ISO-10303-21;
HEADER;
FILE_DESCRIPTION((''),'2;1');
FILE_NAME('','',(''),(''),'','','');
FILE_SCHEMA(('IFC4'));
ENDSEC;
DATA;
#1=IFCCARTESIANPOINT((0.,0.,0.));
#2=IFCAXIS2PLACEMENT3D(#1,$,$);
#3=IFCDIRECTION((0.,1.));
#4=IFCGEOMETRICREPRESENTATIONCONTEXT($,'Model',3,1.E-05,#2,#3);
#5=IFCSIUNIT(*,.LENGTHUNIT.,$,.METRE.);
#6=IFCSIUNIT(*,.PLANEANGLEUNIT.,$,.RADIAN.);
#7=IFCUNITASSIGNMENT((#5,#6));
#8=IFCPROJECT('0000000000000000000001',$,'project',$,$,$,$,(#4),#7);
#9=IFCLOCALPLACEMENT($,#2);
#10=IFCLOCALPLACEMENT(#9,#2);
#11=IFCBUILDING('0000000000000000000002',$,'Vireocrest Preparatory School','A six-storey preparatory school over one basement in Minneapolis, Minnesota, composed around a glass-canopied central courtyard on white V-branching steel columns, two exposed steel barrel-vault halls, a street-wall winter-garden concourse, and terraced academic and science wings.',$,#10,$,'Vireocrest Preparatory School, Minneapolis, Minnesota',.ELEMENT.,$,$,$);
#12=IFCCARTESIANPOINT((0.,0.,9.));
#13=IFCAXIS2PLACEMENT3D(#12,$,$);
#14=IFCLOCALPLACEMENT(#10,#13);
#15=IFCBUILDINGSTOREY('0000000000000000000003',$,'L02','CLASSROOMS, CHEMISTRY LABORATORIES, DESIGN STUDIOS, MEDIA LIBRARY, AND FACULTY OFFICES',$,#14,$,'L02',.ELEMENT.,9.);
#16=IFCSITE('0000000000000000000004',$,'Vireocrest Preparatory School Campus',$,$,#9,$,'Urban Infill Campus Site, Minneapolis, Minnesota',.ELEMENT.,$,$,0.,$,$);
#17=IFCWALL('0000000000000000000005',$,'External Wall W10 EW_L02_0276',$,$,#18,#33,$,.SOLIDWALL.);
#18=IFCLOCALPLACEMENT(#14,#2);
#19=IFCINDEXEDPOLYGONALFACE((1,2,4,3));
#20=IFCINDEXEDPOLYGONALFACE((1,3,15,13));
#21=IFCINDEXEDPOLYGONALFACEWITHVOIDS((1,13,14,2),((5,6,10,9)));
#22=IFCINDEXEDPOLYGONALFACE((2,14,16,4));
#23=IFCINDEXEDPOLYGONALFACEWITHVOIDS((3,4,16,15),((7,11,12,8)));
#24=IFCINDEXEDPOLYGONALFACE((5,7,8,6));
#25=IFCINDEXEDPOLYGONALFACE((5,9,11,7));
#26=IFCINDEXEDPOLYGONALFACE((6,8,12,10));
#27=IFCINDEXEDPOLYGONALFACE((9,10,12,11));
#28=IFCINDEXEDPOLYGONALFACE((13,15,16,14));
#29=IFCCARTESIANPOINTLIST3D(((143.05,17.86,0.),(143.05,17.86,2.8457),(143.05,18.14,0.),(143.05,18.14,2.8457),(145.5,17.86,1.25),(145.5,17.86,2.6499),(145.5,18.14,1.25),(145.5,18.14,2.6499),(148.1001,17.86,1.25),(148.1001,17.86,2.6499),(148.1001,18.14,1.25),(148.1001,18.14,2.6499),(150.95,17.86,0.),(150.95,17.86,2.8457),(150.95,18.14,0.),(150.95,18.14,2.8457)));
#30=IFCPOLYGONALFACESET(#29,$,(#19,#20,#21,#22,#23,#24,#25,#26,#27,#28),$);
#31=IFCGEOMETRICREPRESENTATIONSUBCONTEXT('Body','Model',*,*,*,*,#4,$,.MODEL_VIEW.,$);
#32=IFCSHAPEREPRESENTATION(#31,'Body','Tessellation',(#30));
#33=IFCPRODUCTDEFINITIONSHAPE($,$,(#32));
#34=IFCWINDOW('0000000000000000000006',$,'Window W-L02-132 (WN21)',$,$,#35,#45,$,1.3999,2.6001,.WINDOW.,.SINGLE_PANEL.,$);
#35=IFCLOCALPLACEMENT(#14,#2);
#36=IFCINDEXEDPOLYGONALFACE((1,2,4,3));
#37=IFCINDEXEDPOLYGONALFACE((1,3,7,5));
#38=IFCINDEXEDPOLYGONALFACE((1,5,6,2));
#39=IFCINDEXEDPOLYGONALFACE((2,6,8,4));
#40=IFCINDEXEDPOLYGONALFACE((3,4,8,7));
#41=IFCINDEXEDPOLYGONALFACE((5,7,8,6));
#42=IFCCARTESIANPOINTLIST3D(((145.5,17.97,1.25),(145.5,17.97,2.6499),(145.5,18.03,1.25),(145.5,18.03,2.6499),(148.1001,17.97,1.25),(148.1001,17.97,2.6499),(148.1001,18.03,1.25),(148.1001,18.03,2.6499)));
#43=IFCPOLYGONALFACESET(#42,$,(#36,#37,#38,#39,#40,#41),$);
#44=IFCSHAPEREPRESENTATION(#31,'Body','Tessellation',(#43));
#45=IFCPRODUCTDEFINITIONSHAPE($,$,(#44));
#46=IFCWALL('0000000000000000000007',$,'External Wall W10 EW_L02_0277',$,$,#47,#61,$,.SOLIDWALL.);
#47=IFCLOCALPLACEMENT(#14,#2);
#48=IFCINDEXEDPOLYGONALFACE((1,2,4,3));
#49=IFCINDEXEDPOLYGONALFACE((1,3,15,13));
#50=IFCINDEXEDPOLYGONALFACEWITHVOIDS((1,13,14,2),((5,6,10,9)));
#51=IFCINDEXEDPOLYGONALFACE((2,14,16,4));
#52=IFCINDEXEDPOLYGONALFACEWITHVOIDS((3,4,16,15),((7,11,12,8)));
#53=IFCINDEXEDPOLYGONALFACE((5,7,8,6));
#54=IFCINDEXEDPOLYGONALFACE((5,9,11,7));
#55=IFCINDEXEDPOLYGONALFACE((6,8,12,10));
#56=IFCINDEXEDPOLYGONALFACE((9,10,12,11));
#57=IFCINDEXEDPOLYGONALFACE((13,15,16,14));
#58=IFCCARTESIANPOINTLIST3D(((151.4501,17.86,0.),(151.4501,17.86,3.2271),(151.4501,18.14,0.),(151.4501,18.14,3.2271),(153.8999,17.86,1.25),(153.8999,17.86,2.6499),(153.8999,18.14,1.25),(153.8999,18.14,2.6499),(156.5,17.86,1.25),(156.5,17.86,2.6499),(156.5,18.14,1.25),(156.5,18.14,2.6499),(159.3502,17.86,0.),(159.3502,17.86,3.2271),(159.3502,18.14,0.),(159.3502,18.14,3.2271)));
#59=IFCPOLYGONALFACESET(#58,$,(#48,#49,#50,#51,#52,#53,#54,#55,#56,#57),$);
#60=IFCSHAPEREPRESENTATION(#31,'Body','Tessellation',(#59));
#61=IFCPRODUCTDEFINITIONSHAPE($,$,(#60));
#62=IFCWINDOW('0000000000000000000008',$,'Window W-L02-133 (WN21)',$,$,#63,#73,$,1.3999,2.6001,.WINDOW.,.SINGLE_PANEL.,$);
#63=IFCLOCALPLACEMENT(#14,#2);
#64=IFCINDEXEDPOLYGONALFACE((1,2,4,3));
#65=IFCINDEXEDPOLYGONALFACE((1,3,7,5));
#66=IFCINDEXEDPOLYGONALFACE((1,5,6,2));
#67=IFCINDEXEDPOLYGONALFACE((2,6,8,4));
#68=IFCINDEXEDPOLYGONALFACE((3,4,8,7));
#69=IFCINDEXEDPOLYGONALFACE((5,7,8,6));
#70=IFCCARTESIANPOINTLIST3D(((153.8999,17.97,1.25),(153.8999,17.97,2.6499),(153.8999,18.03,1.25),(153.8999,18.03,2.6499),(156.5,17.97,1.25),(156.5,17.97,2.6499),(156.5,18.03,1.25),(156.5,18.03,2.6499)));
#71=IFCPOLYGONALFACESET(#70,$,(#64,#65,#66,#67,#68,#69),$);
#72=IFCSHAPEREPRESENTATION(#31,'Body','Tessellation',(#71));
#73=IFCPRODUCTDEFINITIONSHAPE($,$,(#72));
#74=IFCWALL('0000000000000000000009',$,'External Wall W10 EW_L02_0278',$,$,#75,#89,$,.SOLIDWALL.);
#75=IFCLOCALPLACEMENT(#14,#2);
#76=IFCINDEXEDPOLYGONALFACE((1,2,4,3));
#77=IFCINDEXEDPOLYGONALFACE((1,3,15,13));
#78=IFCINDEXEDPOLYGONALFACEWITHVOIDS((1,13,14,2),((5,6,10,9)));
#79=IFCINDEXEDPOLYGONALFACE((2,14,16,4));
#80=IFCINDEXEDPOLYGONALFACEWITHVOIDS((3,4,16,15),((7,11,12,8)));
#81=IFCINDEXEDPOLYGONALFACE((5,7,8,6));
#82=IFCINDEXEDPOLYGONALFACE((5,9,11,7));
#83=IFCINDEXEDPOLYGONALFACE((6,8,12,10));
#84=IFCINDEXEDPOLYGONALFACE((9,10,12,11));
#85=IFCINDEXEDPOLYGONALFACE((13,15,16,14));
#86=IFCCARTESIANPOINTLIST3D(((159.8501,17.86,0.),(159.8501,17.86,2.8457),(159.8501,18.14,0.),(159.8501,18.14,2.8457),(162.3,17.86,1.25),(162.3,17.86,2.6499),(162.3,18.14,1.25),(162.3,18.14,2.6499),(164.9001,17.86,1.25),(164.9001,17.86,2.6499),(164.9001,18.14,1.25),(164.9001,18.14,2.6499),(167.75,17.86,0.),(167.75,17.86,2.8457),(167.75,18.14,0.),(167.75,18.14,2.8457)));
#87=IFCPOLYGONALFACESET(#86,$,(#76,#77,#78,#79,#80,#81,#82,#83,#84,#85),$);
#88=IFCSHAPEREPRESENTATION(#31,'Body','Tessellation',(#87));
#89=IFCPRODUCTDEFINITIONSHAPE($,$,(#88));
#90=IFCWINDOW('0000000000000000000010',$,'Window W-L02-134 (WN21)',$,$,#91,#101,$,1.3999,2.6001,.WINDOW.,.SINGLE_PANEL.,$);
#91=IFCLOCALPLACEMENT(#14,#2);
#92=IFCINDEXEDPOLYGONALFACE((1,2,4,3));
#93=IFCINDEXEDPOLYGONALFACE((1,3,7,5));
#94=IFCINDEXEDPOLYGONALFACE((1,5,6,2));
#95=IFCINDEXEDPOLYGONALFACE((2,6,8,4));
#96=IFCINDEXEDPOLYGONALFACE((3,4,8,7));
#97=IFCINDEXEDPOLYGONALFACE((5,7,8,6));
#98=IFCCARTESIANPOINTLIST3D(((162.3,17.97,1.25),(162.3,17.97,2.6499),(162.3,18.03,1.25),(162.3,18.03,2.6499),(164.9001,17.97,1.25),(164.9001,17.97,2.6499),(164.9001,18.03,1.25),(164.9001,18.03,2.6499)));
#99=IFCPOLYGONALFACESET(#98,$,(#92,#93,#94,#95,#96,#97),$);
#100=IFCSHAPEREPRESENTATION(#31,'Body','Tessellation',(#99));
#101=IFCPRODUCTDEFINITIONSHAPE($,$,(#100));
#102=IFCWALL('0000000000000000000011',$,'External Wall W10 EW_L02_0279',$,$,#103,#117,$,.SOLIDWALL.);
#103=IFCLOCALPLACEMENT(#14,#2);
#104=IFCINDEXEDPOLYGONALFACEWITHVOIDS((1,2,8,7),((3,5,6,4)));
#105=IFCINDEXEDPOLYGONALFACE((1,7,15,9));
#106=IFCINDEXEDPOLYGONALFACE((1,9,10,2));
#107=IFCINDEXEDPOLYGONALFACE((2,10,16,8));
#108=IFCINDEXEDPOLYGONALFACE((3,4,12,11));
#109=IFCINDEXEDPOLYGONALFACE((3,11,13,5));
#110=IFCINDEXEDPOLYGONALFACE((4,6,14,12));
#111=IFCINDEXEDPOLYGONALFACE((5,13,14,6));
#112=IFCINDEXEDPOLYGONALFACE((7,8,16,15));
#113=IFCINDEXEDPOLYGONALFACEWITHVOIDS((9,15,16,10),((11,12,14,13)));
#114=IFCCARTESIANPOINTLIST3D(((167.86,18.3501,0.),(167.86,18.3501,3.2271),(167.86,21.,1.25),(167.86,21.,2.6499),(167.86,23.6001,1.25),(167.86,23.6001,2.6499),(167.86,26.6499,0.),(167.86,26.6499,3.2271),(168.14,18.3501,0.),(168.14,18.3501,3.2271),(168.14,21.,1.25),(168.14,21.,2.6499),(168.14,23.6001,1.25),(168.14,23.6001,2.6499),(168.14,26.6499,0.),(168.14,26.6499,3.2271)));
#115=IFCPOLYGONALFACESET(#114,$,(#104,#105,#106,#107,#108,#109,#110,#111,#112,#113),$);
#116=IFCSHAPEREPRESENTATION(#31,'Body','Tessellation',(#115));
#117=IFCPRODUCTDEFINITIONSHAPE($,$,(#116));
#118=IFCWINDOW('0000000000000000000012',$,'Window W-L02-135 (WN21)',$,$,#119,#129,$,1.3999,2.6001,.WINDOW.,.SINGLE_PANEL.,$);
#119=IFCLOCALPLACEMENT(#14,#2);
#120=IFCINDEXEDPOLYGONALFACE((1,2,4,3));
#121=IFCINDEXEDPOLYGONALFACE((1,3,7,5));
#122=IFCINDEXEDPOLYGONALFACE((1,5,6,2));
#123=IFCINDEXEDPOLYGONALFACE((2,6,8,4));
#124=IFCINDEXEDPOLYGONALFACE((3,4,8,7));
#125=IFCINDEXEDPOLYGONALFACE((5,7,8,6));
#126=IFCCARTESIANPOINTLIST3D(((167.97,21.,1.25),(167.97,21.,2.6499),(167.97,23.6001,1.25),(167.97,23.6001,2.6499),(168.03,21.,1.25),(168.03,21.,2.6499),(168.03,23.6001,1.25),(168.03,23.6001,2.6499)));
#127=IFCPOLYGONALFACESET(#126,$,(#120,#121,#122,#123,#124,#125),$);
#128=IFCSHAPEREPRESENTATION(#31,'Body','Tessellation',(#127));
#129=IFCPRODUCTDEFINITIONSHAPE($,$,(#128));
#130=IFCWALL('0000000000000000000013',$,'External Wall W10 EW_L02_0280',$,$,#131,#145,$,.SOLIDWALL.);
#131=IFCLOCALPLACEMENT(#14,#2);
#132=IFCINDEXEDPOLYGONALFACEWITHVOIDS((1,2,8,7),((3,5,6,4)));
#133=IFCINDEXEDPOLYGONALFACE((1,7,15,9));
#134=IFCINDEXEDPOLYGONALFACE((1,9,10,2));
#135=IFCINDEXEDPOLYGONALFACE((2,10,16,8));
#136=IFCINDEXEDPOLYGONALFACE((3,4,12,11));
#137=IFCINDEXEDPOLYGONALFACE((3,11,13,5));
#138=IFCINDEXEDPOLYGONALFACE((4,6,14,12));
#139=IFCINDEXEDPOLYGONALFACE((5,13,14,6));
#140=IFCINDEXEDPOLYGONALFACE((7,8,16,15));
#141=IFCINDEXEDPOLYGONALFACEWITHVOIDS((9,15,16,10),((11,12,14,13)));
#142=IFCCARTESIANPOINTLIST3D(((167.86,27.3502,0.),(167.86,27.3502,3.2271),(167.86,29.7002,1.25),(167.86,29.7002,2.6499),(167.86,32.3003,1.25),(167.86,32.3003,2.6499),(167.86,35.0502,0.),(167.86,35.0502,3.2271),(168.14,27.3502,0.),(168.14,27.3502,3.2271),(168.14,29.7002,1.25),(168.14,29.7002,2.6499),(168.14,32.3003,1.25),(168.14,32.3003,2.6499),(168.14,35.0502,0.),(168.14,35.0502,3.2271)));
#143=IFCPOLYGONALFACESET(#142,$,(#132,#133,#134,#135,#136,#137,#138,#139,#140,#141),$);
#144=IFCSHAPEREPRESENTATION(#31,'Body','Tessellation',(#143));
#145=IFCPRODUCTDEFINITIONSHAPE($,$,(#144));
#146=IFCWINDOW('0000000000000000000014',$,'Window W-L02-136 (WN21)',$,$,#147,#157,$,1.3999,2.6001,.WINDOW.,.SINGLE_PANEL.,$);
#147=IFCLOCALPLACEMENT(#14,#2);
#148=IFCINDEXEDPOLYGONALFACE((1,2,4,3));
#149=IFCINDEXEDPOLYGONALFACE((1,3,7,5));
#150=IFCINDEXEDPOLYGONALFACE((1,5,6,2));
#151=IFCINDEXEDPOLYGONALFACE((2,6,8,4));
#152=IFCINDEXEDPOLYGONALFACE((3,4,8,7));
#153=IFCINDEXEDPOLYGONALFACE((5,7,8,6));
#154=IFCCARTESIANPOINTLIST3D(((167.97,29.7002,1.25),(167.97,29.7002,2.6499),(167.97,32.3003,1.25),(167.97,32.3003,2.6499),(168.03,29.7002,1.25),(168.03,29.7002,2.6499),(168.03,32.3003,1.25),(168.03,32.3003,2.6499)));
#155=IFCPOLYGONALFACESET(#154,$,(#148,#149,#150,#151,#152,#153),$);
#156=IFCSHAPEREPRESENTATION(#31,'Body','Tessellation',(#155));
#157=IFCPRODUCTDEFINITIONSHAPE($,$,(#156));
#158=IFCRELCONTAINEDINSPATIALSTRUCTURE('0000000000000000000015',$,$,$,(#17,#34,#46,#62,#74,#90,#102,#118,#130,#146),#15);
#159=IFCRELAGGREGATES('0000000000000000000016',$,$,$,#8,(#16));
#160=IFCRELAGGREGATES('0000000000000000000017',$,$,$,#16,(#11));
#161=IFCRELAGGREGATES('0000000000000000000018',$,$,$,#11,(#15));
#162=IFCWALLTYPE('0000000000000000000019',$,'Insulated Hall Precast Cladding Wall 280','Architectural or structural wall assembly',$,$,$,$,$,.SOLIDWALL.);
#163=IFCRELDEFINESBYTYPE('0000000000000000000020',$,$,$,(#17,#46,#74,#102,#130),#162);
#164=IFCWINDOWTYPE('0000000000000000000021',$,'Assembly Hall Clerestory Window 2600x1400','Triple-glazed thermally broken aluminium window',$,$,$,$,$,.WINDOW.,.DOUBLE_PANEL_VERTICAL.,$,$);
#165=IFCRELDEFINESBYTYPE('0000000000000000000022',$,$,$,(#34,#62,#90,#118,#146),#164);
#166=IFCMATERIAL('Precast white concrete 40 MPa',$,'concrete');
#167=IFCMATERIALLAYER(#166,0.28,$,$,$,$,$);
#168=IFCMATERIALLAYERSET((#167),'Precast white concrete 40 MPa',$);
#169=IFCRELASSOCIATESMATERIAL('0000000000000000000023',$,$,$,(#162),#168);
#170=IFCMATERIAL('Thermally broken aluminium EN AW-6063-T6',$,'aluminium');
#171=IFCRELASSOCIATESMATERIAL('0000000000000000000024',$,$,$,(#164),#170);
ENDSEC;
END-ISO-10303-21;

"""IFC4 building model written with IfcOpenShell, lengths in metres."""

from ifc_helpers import new_model, si_unit, direction, frame, frame_2d, origin, place, context, subcontext, project, spatial, rectangle, extrude, material, layer, layer_set, type_object, element, fill, save


model = new_model("IFC4")

# Units and contexts
model_context = context("Model", 3, precision=1e-05, world=origin(), true_north=direction((0.0, 1.0)))
body_context = subcontext(model_context, "Body", "Model", "MODEL_VIEW")
ifc_project = project(units=[si_unit("LENGTHUNIT", "METRE"), si_unit("PLANEANGLEUNIT", "RADIAN")], contexts=[model_context])

# Site, building, storey
site_placement = place(None, origin())
site = spatial("IfcSite", under=ifc_project, at=site_placement, Name="Vireocrest Preparatory School Campus", LongName="Urban Infill Campus Site, Minneapolis, Minnesota", CompositionType="ELEMENT", RefElevation=0.0)
building_placement = place(site_placement, origin())
building = spatial("IfcBuilding", under=site, at=building_placement, Name="Vireocrest Preparatory School", Description="A six-storey preparatory school over one basement in Minneapolis, Minnesota, composed around a glass-canopied central courtyard on white V-branching steel columns, two exposed steel barrel-vault halls, a street-wall winter-garden concourse, and terraced academic and science wings.", LongName="Vireocrest Preparatory School, Minneapolis, Minnesota", CompositionType="ELEMENT")
storey_placement = place(building_placement, frame((0.0, 0.0, 9.0)))
storey = spatial("IfcBuildingStorey", under=building, at=storey_placement, Name="L02", Description="CLASSROOMS, CHEMISTRY LABORATORIES, DESIGN STUDIOS, MEDIA LIBRARY, AND FACULTY OFFICES", LongName="L02", CompositionType="ELEMENT", Elevation=9.0)

# Shared definitions
ifc_material_1 = material(Name="Thermally broken aluminium EN AW-6063-T6", Category="aluminium")

# Walls, openings, windows
ifc_material_2 = material(Name="Precast white concrete 40 MPa", Category="concrete")
ifc_layer_1 = layer(ifc_material_2, 0.28)
ifc_layer_set_1 = layer_set([ifc_layer_1], Name="Precast white concrete 40 MPa")
wall_type = type_object("IfcWallType", Name="Insulated Hall Precast Cladding Wall 280", Description="Architectural or structural wall assembly", PredefinedType="SOLIDWALL", material=ifc_layer_set_1)
wall_1_placement = place(storey_placement, frame((143.05, 18.0, 0.0), z_axis=(0.0, 0.0, 1.0), x_axis=(1.0, 0.0, 0.0)))
wall_1 = element("IfcWall", 1, at=wall_1_placement, inside=storey, type_object=wall_type, Name="External Wall W10 EW_L02_0276", PredefinedType="SOLIDWALL", context=body_context, shape_type="SweptSolid", body=[
    extrude(rectangle(XDim=7.8999, YDim=0.28, at=frame_2d((3.95, 0.0))), origin(), (0.0, 0.0, 1.0), 2.8457),
])
opening_1_placement = place(wall_1_placement, frame((2.45, 0.0, 1.25)))
opening_1 = element("IfcOpeningElement", 2, at=opening_1_placement, cuts=wall_1, PredefinedType="OPENING", context=body_context, shape_type="SweptSolid", body=[
    extrude(rectangle(XDim=2.6001, YDim=1.3999, at=frame_2d((1.3, 0.7))), frame((0.0, 0.1499, 0.0), z_axis=(0.0, -1.0, 0.0), x_axis=(1.0, 0.0, 0.0)), (0.0, 0.0, 1.0), 0.3),
])
window_type = type_object("IfcWindowType", Name="Assembly Hall Clerestory Window 2600x1400", Description="Triple-glazed thermally broken aluminium window", PartitioningType="DOUBLE_PANEL_VERTICAL", PredefinedType="WINDOW", material=ifc_material_1)
window_1_placement = place(opening_1_placement, origin())
window_1 = element("IfcWindow", 3, at=window_1_placement, inside=storey, type_object=window_type, Name="Window W-L02-132 (WN21)", OverallHeight=1.3999, OverallWidth=2.6001, PartitioningType="SINGLE_PANEL", PredefinedType="WINDOW", context=body_context, shape_type="SweptSolid", body=[
    extrude(rectangle(XDim=2.6001, YDim=1.3999, at=frame_2d((1.3, 0.7))), frame((0.0, 0.03, 0.0), z_axis=(0.0, -1.0, 0.0), x_axis=(1.0, 0.0, 0.0)), (0.0, 0.0, 1.0), 0.0601),
])
fill(opening_1, window_1)
wall_2_placement = place(storey_placement, frame((151.45, 18.0, 0.0), z_axis=(0.0, 0.0, 1.0), x_axis=(1.0, 0.0, 0.0)))
wall_2 = element("IfcWall", 4, at=wall_2_placement, inside=storey, type_object=wall_type, Name="External Wall W10 EW_L02_0277", PredefinedType="SOLIDWALL", context=body_context, shape_type="SweptSolid", body=[
    extrude(rectangle(XDim=7.9001, YDim=0.28, at=frame_2d((3.9502, 0.0))), origin(), (0.0, 0.0, 1.0), 3.2271),
])
opening_2_placement = place(wall_2_placement, frame((2.45, 0.0, 1.25)))
opening_2 = element("IfcOpeningElement", 5, at=opening_2_placement, cuts=wall_2, PredefinedType="OPENING", context=body_context, shape_type="SweptSolid", body=[
    extrude(rectangle(XDim=2.6001, YDim=1.3999, at=frame_2d((1.3, 0.7))), frame((0.0, 0.1499, 0.0), z_axis=(0.0, -1.0, 0.0), x_axis=(1.0, 0.0, 0.0)), (0.0, 0.0, 1.0), 0.3),
])
window_2_placement = place(opening_2_placement, origin())
window_2 = element("IfcWindow", 6, at=window_2_placement, inside=storey, type_object=window_type, Name="Window W-L02-133 (WN21)", OverallHeight=1.3999, OverallWidth=2.6001, PartitioningType="SINGLE_PANEL", PredefinedType="WINDOW", context=body_context, shape_type="SweptSolid", body=[
    extrude(rectangle(XDim=2.6001, YDim=1.3999, at=frame_2d((1.3, 0.7))), frame((0.0, 0.03, 0.0), z_axis=(0.0, -1.0, 0.0), x_axis=(1.0, 0.0, 0.0)), (0.0, 0.0, 1.0), 0.0601),
])
fill(opening_2, window_2)
wall_3_placement = place(storey_placement, frame((159.8501, 18.0, 0.0), z_axis=(0.0, 0.0, 1.0), x_axis=(1.0, 0.0, 0.0)))
wall_3 = element("IfcWall", 7, at=wall_3_placement, inside=storey, type_object=wall_type, Name="External Wall W10 EW_L02_0278", PredefinedType="SOLIDWALL", context=body_context, shape_type="SweptSolid", body=[
    extrude(rectangle(XDim=7.8999, YDim=0.28, at=frame_2d((3.95, 0.0))), origin(), (0.0, 0.0, 1.0), 2.8457),
])
opening_3_placement = place(wall_3_placement, frame((2.45, 0.0, 1.25)))
opening_3 = element("IfcOpeningElement", 8, at=opening_3_placement, cuts=wall_3, PredefinedType="OPENING", context=body_context, shape_type="SweptSolid", body=[
    extrude(rectangle(XDim=2.6001, YDim=1.3999, at=frame_2d((1.3, 0.7))), frame((0.0, 0.1499, 0.0), z_axis=(0.0, -1.0, 0.0), x_axis=(1.0, 0.0, 0.0)), (0.0, 0.0, 1.0), 0.3),
])
window_3_placement = place(opening_3_placement, origin())
window_3 = element("IfcWindow", 9, at=window_3_placement, inside=storey, type_object=window_type, Name="Window W-L02-134 (WN21)", OverallHeight=1.3999, OverallWidth=2.6001, PartitioningType="SINGLE_PANEL", PredefinedType="WINDOW", context=body_context, shape_type="SweptSolid", body=[
    extrude(rectangle(XDim=2.6001, YDim=1.3999, at=frame_2d((1.3, 0.7))), frame((0.0, 0.03, 0.0), z_axis=(0.0, -1.0, 0.0), x_axis=(1.0, 0.0, 0.0)), (0.0, 0.0, 1.0), 0.0601),
])
fill(opening_3, window_3)
wall_4_placement = place(storey_placement, frame((168.0, 18.3501, 0.0), z_axis=(0.0, 0.0, 1.0), x_axis=(0.0, 1.0, 0.0)))
wall_4 = element("IfcWall", 10, at=wall_4_placement, inside=storey, type_object=wall_type, Name="External Wall W10 EW_L02_0279", PredefinedType="SOLIDWALL", context=body_context, shape_type="SweptSolid", body=[
    extrude(rectangle(XDim=8.2998, YDim=0.28, at=frame_2d((4.1499, 0.0))), origin(), (0.0, 0.0, 1.0), 3.2271),
])
opening_4_placement = place(wall_4_placement, frame((2.6499, 0.0, 1.25)))
opening_4 = element("IfcOpeningElement", 11, at=opening_4_placement, cuts=wall_4, PredefinedType="OPENING", context=body_context, shape_type="SweptSolid", body=[
    extrude(rectangle(XDim=2.6001, YDim=1.3999, at=frame_2d((1.3, 0.7))), frame((0.0, 0.1499, 0.0), z_axis=(0.0, -1.0, 0.0), x_axis=(1.0, 0.0, 0.0)), (0.0, 0.0, 1.0), 0.3),
])
window_4_placement = place(opening_4_placement, origin())
window_4 = element("IfcWindow", 12, at=window_4_placement, inside=storey, type_object=window_type, Name="Window W-L02-135 (WN21)", OverallHeight=1.3999, OverallWidth=2.6001, PartitioningType="SINGLE_PANEL", PredefinedType="WINDOW", context=body_context, shape_type="SweptSolid", body=[
    extrude(rectangle(XDim=2.6001, YDim=1.3999, at=frame_2d((1.3, 0.7))), frame((0.0, 0.03, 0.0), z_axis=(0.0, -1.0, 0.0), x_axis=(1.0, 0.0, 0.0)), (0.0, 0.0, 1.0), 0.0601),
])
fill(opening_4, window_4)
wall_5_placement = place(storey_placement, frame((168.0, 27.3501, 0.0), z_axis=(0.0, 0.0, 1.0), x_axis=(0.0, 1.0, 0.0)))
wall_5 = element("IfcWall", 13, at=wall_5_placement, inside=storey, type_object=wall_type, Name="External Wall W10 EW_L02_0280", PredefinedType="SOLIDWALL", context=body_context, shape_type="SweptSolid", body=[
    extrude(rectangle(XDim=7.7, YDim=0.28, at=frame_2d((3.8501, 0.0))), origin(), (0.0, 0.0, 1.0), 3.2271),
])
opening_5_placement = place(wall_5_placement, frame((2.3501, 0.0, 1.25)))
opening_5 = element("IfcOpeningElement", 14, at=opening_5_placement, cuts=wall_5, PredefinedType="OPENING", context=body_context, shape_type="SweptSolid", body=[
    extrude(rectangle(XDim=2.6001, YDim=1.3999, at=frame_2d((1.3, 0.7))), frame((0.0, 0.1499, 0.0), z_axis=(0.0, -1.0, 0.0), x_axis=(1.0, 0.0, 0.0)), (0.0, 0.0, 1.0), 0.3),
])
window_5_placement = place(opening_5_placement, origin())
window_5 = element("IfcWindow", 15, at=window_5_placement, inside=storey, type_object=window_type, Name="Window W-L02-136 (WN21)", OverallHeight=1.3999, OverallWidth=2.6001, PartitioningType="SINGLE_PANEL", PredefinedType="WINDOW", context=body_context, shape_type="SweptSolid", body=[
    extrude(rectangle(XDim=2.6001, YDim=1.3999, at=frame_2d((1.3, 0.7))), frame((0.0, 0.03, 0.0), z_axis=(0.0, -1.0, 0.0), x_axis=(1.0, 0.0, 0.0)), (0.0, 0.0, 1.0), 0.0601),
])
fill(opening_5, window_5)

save(model, "model.ifc")
